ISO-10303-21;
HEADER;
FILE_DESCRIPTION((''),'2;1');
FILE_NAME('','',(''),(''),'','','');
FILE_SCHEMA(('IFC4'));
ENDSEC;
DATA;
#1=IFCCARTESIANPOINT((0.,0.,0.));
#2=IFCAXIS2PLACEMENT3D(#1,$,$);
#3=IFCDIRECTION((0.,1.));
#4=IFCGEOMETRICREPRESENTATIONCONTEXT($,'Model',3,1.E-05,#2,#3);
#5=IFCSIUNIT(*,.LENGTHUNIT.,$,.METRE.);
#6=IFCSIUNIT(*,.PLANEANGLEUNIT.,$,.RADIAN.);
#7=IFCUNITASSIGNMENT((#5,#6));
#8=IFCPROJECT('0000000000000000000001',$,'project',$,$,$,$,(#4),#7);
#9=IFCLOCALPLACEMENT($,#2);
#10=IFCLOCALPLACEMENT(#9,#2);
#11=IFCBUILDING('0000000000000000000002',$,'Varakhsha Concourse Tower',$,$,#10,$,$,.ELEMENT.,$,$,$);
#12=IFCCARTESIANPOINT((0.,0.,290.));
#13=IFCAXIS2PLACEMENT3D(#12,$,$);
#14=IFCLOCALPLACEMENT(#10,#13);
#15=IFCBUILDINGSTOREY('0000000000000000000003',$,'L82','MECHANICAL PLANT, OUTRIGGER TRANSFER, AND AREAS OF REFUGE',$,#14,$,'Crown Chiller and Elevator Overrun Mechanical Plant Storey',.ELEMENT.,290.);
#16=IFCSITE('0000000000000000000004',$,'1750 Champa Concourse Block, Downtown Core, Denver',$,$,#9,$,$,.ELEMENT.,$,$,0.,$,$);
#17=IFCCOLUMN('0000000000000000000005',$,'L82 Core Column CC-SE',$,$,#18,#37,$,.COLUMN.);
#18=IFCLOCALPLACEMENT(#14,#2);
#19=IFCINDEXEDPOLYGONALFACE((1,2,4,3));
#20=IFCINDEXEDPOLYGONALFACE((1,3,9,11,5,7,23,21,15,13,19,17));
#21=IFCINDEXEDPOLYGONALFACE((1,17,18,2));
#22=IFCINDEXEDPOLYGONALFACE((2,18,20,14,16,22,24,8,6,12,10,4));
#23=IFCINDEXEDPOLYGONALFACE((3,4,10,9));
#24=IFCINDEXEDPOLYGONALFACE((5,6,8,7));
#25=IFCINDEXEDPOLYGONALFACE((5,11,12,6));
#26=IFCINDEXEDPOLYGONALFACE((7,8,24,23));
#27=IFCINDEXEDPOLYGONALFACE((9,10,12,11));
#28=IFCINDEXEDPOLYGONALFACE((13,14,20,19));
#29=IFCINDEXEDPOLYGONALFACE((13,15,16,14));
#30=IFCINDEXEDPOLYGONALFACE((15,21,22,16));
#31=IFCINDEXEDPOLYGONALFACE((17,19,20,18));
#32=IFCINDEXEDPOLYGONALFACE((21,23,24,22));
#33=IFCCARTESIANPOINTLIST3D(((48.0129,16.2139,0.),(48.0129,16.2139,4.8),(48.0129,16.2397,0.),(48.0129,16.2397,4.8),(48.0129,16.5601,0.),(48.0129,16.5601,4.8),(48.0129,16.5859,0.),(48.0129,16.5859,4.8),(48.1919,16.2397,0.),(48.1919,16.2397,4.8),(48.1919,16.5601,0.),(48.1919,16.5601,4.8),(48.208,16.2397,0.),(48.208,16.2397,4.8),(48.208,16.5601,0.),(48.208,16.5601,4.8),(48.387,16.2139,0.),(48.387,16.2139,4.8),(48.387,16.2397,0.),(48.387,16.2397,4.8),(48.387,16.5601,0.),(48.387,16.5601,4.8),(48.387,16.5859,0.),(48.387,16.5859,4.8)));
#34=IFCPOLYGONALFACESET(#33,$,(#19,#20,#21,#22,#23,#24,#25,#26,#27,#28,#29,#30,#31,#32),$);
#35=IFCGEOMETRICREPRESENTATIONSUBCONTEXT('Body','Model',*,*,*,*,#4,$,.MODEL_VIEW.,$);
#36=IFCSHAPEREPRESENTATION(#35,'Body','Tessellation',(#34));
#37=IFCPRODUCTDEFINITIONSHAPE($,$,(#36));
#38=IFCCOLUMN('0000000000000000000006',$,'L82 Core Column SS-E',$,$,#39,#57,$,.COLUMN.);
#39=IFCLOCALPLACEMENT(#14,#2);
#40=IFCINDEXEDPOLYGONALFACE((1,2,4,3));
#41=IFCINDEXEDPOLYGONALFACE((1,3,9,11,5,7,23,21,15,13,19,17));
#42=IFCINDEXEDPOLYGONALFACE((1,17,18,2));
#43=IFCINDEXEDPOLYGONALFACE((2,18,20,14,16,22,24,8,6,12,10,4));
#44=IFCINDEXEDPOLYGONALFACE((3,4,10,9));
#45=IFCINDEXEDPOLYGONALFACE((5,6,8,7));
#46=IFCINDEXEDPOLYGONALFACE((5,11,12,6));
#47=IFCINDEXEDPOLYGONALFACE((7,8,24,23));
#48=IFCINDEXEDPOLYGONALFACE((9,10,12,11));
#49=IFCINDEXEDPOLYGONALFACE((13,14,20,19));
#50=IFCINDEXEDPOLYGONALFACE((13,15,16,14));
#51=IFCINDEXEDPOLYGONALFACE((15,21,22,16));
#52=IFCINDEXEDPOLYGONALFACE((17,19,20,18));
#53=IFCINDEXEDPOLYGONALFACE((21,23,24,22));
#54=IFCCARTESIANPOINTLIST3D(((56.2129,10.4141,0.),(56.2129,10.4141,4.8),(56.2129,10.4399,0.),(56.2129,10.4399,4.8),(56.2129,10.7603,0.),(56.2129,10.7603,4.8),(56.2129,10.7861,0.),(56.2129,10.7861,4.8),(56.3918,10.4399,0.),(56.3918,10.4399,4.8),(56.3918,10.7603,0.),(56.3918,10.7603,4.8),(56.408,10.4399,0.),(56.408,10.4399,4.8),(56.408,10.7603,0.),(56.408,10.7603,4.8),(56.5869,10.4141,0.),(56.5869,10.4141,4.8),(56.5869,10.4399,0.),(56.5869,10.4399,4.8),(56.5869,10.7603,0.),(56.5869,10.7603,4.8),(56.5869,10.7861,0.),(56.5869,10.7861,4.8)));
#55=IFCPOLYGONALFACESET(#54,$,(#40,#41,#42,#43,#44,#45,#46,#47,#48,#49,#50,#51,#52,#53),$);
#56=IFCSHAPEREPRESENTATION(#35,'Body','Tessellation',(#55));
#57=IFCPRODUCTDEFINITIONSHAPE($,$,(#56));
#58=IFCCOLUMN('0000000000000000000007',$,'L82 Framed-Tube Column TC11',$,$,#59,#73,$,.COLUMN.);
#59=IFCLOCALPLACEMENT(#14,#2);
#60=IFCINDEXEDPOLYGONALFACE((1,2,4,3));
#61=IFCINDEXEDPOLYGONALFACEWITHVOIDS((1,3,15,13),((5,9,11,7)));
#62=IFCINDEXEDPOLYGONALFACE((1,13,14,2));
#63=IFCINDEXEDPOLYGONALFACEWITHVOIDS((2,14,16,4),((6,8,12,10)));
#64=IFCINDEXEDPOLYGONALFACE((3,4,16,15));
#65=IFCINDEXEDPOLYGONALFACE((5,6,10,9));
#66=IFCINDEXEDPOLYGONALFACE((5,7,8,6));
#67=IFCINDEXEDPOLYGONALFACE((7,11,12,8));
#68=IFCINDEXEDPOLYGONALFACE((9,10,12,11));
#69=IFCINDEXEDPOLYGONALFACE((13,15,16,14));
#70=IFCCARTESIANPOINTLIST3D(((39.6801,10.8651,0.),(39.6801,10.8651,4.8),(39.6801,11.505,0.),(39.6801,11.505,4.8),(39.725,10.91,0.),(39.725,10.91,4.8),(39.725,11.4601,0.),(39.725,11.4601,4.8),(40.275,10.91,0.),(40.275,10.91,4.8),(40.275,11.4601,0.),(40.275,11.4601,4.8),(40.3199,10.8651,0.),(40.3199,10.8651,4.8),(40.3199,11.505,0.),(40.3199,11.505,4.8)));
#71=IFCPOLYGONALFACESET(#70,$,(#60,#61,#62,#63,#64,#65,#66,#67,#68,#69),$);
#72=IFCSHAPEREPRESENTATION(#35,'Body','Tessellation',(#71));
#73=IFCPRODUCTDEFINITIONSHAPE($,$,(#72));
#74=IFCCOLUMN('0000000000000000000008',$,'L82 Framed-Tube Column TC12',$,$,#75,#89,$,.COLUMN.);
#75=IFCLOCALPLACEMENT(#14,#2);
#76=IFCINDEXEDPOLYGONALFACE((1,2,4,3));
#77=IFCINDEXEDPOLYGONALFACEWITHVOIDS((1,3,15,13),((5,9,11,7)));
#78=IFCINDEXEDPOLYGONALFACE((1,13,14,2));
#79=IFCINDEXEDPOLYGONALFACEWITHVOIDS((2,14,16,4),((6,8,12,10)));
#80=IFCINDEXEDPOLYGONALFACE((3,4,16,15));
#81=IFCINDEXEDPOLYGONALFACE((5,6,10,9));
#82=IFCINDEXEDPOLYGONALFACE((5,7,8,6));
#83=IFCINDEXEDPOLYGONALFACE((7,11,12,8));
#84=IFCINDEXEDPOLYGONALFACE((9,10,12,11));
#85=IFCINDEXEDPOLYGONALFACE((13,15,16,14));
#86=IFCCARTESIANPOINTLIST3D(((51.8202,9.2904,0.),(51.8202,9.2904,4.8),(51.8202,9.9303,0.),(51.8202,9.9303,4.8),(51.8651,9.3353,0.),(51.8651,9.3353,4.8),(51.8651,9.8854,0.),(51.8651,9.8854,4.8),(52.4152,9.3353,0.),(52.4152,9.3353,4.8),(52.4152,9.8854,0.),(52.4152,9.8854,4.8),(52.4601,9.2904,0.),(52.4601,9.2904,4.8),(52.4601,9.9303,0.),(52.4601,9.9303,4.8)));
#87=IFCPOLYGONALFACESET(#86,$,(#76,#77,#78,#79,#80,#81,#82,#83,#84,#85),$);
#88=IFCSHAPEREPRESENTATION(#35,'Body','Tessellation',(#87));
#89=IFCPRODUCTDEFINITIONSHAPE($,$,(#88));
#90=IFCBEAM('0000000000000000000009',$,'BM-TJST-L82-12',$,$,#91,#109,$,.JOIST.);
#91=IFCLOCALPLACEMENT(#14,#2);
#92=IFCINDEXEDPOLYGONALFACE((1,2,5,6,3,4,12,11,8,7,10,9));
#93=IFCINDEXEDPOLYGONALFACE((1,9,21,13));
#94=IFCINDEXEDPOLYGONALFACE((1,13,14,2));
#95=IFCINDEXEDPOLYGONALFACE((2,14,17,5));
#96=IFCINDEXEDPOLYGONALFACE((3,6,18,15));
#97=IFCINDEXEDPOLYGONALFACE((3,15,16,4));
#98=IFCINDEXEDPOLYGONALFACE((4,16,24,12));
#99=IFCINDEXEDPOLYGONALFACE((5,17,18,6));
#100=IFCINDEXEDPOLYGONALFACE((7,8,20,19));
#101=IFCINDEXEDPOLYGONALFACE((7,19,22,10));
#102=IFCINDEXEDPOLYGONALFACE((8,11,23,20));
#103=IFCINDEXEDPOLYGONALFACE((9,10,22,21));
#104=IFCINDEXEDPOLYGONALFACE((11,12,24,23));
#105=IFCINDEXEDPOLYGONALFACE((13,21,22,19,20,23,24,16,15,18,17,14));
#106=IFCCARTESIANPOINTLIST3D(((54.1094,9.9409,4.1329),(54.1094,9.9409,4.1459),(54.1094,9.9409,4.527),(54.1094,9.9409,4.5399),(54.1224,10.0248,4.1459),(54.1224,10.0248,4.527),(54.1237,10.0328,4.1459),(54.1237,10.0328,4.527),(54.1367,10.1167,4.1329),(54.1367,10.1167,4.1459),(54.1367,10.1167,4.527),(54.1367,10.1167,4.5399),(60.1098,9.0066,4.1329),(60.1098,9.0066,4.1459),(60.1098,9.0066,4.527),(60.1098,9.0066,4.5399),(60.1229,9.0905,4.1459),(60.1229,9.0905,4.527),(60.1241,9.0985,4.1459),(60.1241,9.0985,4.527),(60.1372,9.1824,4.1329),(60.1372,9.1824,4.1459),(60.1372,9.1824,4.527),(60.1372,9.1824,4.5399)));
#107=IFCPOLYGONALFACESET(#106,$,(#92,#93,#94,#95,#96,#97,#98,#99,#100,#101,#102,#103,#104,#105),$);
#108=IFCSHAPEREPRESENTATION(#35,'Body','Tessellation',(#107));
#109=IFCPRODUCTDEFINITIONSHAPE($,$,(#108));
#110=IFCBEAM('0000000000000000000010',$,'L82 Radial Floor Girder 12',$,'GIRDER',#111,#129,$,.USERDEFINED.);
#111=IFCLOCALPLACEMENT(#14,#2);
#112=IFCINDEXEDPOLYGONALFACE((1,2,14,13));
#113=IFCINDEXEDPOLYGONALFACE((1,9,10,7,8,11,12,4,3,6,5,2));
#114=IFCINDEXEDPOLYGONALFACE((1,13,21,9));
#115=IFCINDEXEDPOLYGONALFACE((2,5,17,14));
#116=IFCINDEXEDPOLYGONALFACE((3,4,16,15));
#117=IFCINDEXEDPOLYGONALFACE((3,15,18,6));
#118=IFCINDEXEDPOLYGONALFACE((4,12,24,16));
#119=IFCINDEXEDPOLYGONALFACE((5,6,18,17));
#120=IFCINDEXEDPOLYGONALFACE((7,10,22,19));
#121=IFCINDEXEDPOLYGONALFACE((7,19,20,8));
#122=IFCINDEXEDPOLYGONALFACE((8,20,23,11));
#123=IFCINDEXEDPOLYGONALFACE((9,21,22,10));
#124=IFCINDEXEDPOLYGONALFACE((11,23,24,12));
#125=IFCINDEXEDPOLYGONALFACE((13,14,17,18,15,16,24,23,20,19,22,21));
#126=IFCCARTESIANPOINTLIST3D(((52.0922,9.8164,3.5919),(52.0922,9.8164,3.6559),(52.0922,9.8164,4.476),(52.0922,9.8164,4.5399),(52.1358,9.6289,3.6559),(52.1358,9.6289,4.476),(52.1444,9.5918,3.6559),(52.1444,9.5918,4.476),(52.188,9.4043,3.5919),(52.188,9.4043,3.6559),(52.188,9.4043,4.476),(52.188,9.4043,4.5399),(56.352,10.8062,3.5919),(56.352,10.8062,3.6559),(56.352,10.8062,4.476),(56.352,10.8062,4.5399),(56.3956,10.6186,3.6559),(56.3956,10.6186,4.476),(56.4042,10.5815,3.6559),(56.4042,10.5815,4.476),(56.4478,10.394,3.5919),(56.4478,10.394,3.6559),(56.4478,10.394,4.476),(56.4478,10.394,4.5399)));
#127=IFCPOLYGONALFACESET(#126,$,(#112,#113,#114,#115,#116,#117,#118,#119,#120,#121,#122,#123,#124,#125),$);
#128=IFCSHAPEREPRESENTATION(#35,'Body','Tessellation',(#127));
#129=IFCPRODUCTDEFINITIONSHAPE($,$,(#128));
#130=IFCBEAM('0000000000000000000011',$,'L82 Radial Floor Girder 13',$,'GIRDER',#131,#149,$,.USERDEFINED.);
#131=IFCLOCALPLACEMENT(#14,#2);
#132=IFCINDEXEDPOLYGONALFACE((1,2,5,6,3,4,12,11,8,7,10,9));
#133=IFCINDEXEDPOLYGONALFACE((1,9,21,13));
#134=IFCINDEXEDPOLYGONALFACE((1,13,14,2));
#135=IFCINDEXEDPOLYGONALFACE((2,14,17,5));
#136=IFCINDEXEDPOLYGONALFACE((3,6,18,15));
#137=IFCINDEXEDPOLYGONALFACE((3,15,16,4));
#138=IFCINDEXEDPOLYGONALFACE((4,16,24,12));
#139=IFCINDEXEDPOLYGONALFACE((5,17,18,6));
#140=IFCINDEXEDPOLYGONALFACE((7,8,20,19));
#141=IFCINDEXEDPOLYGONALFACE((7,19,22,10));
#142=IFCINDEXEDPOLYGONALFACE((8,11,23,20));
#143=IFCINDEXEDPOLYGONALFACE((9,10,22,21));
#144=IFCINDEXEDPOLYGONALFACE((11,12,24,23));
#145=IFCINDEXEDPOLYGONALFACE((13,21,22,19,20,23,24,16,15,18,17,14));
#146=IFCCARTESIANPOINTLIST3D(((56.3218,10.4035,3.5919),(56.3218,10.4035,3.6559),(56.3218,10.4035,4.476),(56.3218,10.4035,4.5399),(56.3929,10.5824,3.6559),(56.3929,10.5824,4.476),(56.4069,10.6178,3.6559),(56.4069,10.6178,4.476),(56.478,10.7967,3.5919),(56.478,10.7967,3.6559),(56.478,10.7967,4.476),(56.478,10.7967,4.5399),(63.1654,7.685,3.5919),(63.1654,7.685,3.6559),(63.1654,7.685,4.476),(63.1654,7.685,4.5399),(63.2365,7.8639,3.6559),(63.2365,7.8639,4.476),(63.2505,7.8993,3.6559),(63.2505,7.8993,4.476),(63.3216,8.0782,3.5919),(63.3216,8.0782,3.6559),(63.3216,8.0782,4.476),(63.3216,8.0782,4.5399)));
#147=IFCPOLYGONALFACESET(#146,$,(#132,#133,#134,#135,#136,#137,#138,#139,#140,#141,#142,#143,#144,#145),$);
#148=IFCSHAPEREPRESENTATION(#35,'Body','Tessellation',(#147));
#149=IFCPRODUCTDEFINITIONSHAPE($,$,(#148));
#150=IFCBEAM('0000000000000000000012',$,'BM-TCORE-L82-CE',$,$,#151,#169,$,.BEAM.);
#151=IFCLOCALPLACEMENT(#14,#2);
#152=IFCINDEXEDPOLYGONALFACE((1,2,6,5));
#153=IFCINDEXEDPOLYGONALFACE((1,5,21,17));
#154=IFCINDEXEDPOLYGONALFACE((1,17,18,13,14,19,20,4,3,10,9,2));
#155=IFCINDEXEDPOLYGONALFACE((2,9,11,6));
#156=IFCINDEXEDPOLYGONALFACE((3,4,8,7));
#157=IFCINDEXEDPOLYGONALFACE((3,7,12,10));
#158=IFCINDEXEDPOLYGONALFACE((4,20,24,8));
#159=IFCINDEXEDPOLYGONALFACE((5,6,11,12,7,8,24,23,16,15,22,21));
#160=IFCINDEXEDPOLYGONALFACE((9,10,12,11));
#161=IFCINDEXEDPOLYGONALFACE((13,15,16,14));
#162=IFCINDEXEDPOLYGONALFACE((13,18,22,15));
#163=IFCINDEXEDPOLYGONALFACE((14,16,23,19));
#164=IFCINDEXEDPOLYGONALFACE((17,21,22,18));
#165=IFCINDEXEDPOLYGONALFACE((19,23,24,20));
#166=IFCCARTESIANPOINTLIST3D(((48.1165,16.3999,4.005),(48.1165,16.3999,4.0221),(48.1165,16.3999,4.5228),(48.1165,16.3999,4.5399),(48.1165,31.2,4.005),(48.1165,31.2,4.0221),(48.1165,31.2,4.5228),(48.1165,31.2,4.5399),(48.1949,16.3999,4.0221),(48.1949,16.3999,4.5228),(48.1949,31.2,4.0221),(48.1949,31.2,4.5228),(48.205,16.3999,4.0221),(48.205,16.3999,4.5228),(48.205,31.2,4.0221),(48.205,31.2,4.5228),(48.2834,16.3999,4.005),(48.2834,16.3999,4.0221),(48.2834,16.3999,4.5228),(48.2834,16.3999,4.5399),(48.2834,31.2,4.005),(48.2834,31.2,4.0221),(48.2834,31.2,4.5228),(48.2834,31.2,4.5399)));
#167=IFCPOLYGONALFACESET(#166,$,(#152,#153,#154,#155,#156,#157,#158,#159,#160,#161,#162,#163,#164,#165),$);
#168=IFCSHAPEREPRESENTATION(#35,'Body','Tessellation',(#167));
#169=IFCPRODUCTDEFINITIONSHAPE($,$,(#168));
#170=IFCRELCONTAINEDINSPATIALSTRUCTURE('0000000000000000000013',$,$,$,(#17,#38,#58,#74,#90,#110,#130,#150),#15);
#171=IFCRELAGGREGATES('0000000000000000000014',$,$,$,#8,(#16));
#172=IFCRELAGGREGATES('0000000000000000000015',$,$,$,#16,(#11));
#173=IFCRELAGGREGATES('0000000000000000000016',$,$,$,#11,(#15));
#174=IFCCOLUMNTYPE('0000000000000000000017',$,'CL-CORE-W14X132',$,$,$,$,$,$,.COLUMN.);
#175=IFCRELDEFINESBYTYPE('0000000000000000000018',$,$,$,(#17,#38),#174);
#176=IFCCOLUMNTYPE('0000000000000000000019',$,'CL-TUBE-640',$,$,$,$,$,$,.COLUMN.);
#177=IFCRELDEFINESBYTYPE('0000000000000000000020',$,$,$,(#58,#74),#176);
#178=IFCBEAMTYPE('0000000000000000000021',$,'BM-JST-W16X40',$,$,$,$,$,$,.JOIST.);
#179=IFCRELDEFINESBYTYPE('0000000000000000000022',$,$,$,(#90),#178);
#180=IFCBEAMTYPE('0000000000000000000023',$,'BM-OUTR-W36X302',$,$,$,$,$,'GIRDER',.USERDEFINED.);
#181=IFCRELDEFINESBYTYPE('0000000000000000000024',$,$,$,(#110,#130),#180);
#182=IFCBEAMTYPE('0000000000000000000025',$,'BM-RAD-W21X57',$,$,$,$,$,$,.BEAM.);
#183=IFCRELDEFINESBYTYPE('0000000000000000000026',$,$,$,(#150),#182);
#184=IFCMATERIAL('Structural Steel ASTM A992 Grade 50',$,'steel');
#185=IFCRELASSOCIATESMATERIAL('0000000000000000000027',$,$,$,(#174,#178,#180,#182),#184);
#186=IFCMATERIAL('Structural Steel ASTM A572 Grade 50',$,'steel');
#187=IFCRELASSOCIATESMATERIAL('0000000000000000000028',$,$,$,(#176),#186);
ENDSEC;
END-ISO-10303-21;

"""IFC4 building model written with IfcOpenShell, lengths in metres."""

from ifc_helpers import new_model, si_unit, direction, frame, origin, origin_2d, place, context, subcontext, project, spatial, hollow_rectangle, i_section, extrude, material, material_profile, profile_set, type_object, element, save


model = new_model("IFC4")

# Units and contexts
model_context = context("Model", 3, precision=1e-05, world=origin(), true_north=direction((0.0, 1.0)))
body_context = subcontext(model_context, "Body", "Model", "MODEL_VIEW")
ifc_project = project(units=[si_unit("LENGTHUNIT", "METRE"), si_unit("PLANEANGLEUNIT", "RADIAN")], contexts=[model_context])

# Site, building, storey
site_placement = place(None, origin())
site = spatial("IfcSite", under=ifc_project, at=site_placement, Name="1750 Champa Concourse Block, Downtown Core, Denver", CompositionType="ELEMENT", RefElevation=0.0)
building_placement = place(site_placement, origin())
building = spatial("IfcBuilding", under=site, at=building_placement, Name="Varakhsha Concourse Tower", CompositionType="ELEMENT")
storey_placement = place(building_placement, frame((0.0, 0.0, 290.0)))
storey = spatial("IfcBuildingStorey", under=building, at=storey_placement, Name="L82", Description="MECHANICAL PLANT, OUTRIGGER TRANSFER, AND AREAS OF REFUGE", LongName="Crown Chiller and Elevator Overrun Mechanical Plant Storey", CompositionType="ELEMENT", Elevation=290.0)

# Columns
ifc_material_1 = material(Name="Structural Steel ASTM A992 Grade 50", Category="steel")
ifc_material_profile_1 = material_profile(ifc_material_1, i_section(OverallWidth=0.374, OverallDepth=0.3721, WebThickness=0.0161, FlangeThickness=0.0259, at=origin_2d()), Name="W14X132")
ifc_profile_set_1 = profile_set([ifc_material_profile_1], Name="Structural Steel ASTM A992 Grade 50")
column_type_1 = type_object("IfcColumnType", Name="CL-CORE-W14X132", PredefinedType="COLUMN", material=ifc_profile_set_1)
for number, where, z_axis, x_axis, name in (
    (1, (48.2, 16.3999, 0.0), (0.0, 0.0, 1.0), (1.0, 0.0, 0.0), "L82 Core Column CC-SE"),
    (2, (56.3999, 10.6001, 0.0), (0.0, 0.0, 1.0), (1.0, 0.0, 0.0), "L82 Core Column SS-E"),
):
    element("IfcColumn", number, at=place(storey_placement, frame(where, z_axis=z_axis, x_axis=x_axis)), inside=storey, type_object=column_type_1, Name=name, PredefinedType="COLUMN", context=body_context, shape_type="SweptSolid", body=[
        extrude(i_section(OverallWidth=0.374, OverallDepth=0.3721, WebThickness=0.0161, FlangeThickness=0.0259, at=origin_2d()), origin(), (0.0, 0.0, 1.0), 4.8),
    ])
ifc_material_2 = material(Name="Structural Steel ASTM A572 Grade 50", Category="steel")
ifc_material_profile_2 = material_profile(ifc_material_2, hollow_rectangle(XDim=0.6399, YDim=0.6399, WallThickness=0.0449, at=origin_2d()), Name="BOX 640x640x45")
ifc_profile_set_2 = profile_set([ifc_material_profile_2], Name="Structural Steel ASTM A572 Grade 50")
column_type_2 = type_object("IfcColumnType", Name="CL-TUBE-640", PredefinedType="COLUMN", material=ifc_profile_set_2)
for number, where, z_axis, x_axis, name in (
    (3, (40.0, 11.1851, 0.0), (0.0, 0.0, 1.0), (1.0, 0.0, 0.0), "L82 Framed-Tube Column TC11"),
    (4, (52.1401, 9.6104, 0.0), (0.0, 0.0, 1.0), (1.0, 0.0, 0.0), "L82 Framed-Tube Column TC12"),
):
    element("IfcColumn", number, at=place(storey_placement, frame(where, z_axis=z_axis, x_axis=x_axis)), inside=storey, type_object=column_type_2, Name=name, PredefinedType="COLUMN", context=body_context, shape_type="SweptSolid", body=[
        extrude(hollow_rectangle(XDim=0.6399, YDim=0.6399, WallThickness=0.0449, at=origin_2d()), origin(), (0.0, 0.0, 1.0), 4.8),
    ])

# Beams
ifc_material_profile_3 = material_profile(ifc_material_1, i_section(OverallWidth=0.178, OverallDepth=0.407, WebThickness=0.0081, FlangeThickness=0.0129, at=origin_2d()), Name="W16X40")
ifc_profile_set_3 = profile_set([ifc_material_profile_3], Name="Structural Steel ASTM A992 Grade 50")
beam_type_1 = type_object("IfcBeamType", Name="BM-JST-W16X40", PredefinedType="JOIST", material=ifc_profile_set_3)
beam_1_placement = place(storey_placement, frame((54.123, 10.0288, 4.3364), z_axis=(0.988094, -0.153854, 0.0), x_axis=(0.153854, 0.988094, 0.0)))
element("IfcBeam", 5, at=beam_1_placement, inside=storey, type_object=beam_type_1, Name="BM-TJST-L82-12", PredefinedType="JOIST", context=body_context, shape_type="SweptSolid", body=[
    extrude(i_section(OverallWidth=0.178, OverallDepth=0.407, WebThickness=0.0081, FlangeThickness=0.0129, at=origin_2d()), origin(), (0.0, 0.0, 1.0), 6.0728),
])
ifc_material_profile_4 = material_profile(ifc_material_1, i_section(OverallWidth=0.4231, OverallDepth=0.948, WebThickness=0.0381, FlangeThickness=0.064, at=origin_2d()), Name="W36X302")
ifc_profile_set_4 = profile_set([ifc_material_profile_4], Name="Structural Steel ASTM A992 Grade 50")
beam_type_2 = type_object("IfcBeamType", Name="BM-OUTR-W36X302", ElementType="GIRDER", PredefinedType="USERDEFINED", material=ifc_profile_set_4)
beam_2_placement = place(storey_placement, frame((56.3999, 10.6001, 4.0659), z_axis=(-0.974053, -0.226319, 0.0), x_axis=(0.226319, -0.974053, 0.0)))
element("IfcBeam", 6, at=beam_2_placement, inside=storey, type_object=beam_type_2, Name="L82 Radial Floor Girder 12", ObjectType="GIRDER", PredefinedType="USERDEFINED", context=body_context, shape_type="SweptSolid", body=[
    extrude(i_section(OverallWidth=0.4231, OverallDepth=0.948, WebThickness=0.0381, FlangeThickness=0.064, at=origin_2d()), origin(), (0.0, 0.0, 1.0), 4.3733),
])
beam_3_placement = place(storey_placement, frame((56.3999, 10.6001, 4.0659), z_axis=(0.929359, -0.369177, 0.0), x_axis=(0.369177, 0.929359, 0.0)))
element("IfcBeam", 7, at=beam_3_placement, inside=storey, type_object=beam_type_2, Name="L82 Radial Floor Girder 13", ObjectType="GIRDER", PredefinedType="USERDEFINED", context=body_context, shape_type="SweptSolid", body=[
    extrude(i_section(OverallWidth=0.4231, OverallDepth=0.948, WebThickness=0.0381, FlangeThickness=0.064, at=origin_2d()), origin(), (0.0, 0.0, 1.0), 7.3638),
])
ifc_material_profile_5 = material_profile(ifc_material_1, i_section(OverallWidth=0.167, OverallDepth=0.5349, WebThickness=0.01, FlangeThickness=0.0171, at=origin_2d()), Name="W21X57")
ifc_profile_set_5 = profile_set([ifc_material_profile_5], Name="Structural Steel ASTM A992 Grade 50")
beam_type_3 = type_object("IfcBeamType", Name="BM-RAD-W21X57", PredefinedType="BEAM", material=ifc_profile_set_5)
beam_4_placement = place(storey_placement, frame((48.2, 16.3999, 4.2725), z_axis=(0.0, 1.0, 0.0), x_axis=(-1.0, 0.0, 0.0)))
element("IfcBeam", 8, at=beam_4_placement, inside=storey, type_object=beam_type_3, Name="BM-TCORE-L82-CE", PredefinedType="BEAM", context=body_context, shape_type="SweptSolid", body=[
    extrude(i_section(OverallWidth=0.167, OverallDepth=0.5349, WebThickness=0.01, FlangeThickness=0.0171, at=origin_2d()), origin(), (0.0, 0.0, 1.0), 14.8),
])

save(model, "model.ifc")
